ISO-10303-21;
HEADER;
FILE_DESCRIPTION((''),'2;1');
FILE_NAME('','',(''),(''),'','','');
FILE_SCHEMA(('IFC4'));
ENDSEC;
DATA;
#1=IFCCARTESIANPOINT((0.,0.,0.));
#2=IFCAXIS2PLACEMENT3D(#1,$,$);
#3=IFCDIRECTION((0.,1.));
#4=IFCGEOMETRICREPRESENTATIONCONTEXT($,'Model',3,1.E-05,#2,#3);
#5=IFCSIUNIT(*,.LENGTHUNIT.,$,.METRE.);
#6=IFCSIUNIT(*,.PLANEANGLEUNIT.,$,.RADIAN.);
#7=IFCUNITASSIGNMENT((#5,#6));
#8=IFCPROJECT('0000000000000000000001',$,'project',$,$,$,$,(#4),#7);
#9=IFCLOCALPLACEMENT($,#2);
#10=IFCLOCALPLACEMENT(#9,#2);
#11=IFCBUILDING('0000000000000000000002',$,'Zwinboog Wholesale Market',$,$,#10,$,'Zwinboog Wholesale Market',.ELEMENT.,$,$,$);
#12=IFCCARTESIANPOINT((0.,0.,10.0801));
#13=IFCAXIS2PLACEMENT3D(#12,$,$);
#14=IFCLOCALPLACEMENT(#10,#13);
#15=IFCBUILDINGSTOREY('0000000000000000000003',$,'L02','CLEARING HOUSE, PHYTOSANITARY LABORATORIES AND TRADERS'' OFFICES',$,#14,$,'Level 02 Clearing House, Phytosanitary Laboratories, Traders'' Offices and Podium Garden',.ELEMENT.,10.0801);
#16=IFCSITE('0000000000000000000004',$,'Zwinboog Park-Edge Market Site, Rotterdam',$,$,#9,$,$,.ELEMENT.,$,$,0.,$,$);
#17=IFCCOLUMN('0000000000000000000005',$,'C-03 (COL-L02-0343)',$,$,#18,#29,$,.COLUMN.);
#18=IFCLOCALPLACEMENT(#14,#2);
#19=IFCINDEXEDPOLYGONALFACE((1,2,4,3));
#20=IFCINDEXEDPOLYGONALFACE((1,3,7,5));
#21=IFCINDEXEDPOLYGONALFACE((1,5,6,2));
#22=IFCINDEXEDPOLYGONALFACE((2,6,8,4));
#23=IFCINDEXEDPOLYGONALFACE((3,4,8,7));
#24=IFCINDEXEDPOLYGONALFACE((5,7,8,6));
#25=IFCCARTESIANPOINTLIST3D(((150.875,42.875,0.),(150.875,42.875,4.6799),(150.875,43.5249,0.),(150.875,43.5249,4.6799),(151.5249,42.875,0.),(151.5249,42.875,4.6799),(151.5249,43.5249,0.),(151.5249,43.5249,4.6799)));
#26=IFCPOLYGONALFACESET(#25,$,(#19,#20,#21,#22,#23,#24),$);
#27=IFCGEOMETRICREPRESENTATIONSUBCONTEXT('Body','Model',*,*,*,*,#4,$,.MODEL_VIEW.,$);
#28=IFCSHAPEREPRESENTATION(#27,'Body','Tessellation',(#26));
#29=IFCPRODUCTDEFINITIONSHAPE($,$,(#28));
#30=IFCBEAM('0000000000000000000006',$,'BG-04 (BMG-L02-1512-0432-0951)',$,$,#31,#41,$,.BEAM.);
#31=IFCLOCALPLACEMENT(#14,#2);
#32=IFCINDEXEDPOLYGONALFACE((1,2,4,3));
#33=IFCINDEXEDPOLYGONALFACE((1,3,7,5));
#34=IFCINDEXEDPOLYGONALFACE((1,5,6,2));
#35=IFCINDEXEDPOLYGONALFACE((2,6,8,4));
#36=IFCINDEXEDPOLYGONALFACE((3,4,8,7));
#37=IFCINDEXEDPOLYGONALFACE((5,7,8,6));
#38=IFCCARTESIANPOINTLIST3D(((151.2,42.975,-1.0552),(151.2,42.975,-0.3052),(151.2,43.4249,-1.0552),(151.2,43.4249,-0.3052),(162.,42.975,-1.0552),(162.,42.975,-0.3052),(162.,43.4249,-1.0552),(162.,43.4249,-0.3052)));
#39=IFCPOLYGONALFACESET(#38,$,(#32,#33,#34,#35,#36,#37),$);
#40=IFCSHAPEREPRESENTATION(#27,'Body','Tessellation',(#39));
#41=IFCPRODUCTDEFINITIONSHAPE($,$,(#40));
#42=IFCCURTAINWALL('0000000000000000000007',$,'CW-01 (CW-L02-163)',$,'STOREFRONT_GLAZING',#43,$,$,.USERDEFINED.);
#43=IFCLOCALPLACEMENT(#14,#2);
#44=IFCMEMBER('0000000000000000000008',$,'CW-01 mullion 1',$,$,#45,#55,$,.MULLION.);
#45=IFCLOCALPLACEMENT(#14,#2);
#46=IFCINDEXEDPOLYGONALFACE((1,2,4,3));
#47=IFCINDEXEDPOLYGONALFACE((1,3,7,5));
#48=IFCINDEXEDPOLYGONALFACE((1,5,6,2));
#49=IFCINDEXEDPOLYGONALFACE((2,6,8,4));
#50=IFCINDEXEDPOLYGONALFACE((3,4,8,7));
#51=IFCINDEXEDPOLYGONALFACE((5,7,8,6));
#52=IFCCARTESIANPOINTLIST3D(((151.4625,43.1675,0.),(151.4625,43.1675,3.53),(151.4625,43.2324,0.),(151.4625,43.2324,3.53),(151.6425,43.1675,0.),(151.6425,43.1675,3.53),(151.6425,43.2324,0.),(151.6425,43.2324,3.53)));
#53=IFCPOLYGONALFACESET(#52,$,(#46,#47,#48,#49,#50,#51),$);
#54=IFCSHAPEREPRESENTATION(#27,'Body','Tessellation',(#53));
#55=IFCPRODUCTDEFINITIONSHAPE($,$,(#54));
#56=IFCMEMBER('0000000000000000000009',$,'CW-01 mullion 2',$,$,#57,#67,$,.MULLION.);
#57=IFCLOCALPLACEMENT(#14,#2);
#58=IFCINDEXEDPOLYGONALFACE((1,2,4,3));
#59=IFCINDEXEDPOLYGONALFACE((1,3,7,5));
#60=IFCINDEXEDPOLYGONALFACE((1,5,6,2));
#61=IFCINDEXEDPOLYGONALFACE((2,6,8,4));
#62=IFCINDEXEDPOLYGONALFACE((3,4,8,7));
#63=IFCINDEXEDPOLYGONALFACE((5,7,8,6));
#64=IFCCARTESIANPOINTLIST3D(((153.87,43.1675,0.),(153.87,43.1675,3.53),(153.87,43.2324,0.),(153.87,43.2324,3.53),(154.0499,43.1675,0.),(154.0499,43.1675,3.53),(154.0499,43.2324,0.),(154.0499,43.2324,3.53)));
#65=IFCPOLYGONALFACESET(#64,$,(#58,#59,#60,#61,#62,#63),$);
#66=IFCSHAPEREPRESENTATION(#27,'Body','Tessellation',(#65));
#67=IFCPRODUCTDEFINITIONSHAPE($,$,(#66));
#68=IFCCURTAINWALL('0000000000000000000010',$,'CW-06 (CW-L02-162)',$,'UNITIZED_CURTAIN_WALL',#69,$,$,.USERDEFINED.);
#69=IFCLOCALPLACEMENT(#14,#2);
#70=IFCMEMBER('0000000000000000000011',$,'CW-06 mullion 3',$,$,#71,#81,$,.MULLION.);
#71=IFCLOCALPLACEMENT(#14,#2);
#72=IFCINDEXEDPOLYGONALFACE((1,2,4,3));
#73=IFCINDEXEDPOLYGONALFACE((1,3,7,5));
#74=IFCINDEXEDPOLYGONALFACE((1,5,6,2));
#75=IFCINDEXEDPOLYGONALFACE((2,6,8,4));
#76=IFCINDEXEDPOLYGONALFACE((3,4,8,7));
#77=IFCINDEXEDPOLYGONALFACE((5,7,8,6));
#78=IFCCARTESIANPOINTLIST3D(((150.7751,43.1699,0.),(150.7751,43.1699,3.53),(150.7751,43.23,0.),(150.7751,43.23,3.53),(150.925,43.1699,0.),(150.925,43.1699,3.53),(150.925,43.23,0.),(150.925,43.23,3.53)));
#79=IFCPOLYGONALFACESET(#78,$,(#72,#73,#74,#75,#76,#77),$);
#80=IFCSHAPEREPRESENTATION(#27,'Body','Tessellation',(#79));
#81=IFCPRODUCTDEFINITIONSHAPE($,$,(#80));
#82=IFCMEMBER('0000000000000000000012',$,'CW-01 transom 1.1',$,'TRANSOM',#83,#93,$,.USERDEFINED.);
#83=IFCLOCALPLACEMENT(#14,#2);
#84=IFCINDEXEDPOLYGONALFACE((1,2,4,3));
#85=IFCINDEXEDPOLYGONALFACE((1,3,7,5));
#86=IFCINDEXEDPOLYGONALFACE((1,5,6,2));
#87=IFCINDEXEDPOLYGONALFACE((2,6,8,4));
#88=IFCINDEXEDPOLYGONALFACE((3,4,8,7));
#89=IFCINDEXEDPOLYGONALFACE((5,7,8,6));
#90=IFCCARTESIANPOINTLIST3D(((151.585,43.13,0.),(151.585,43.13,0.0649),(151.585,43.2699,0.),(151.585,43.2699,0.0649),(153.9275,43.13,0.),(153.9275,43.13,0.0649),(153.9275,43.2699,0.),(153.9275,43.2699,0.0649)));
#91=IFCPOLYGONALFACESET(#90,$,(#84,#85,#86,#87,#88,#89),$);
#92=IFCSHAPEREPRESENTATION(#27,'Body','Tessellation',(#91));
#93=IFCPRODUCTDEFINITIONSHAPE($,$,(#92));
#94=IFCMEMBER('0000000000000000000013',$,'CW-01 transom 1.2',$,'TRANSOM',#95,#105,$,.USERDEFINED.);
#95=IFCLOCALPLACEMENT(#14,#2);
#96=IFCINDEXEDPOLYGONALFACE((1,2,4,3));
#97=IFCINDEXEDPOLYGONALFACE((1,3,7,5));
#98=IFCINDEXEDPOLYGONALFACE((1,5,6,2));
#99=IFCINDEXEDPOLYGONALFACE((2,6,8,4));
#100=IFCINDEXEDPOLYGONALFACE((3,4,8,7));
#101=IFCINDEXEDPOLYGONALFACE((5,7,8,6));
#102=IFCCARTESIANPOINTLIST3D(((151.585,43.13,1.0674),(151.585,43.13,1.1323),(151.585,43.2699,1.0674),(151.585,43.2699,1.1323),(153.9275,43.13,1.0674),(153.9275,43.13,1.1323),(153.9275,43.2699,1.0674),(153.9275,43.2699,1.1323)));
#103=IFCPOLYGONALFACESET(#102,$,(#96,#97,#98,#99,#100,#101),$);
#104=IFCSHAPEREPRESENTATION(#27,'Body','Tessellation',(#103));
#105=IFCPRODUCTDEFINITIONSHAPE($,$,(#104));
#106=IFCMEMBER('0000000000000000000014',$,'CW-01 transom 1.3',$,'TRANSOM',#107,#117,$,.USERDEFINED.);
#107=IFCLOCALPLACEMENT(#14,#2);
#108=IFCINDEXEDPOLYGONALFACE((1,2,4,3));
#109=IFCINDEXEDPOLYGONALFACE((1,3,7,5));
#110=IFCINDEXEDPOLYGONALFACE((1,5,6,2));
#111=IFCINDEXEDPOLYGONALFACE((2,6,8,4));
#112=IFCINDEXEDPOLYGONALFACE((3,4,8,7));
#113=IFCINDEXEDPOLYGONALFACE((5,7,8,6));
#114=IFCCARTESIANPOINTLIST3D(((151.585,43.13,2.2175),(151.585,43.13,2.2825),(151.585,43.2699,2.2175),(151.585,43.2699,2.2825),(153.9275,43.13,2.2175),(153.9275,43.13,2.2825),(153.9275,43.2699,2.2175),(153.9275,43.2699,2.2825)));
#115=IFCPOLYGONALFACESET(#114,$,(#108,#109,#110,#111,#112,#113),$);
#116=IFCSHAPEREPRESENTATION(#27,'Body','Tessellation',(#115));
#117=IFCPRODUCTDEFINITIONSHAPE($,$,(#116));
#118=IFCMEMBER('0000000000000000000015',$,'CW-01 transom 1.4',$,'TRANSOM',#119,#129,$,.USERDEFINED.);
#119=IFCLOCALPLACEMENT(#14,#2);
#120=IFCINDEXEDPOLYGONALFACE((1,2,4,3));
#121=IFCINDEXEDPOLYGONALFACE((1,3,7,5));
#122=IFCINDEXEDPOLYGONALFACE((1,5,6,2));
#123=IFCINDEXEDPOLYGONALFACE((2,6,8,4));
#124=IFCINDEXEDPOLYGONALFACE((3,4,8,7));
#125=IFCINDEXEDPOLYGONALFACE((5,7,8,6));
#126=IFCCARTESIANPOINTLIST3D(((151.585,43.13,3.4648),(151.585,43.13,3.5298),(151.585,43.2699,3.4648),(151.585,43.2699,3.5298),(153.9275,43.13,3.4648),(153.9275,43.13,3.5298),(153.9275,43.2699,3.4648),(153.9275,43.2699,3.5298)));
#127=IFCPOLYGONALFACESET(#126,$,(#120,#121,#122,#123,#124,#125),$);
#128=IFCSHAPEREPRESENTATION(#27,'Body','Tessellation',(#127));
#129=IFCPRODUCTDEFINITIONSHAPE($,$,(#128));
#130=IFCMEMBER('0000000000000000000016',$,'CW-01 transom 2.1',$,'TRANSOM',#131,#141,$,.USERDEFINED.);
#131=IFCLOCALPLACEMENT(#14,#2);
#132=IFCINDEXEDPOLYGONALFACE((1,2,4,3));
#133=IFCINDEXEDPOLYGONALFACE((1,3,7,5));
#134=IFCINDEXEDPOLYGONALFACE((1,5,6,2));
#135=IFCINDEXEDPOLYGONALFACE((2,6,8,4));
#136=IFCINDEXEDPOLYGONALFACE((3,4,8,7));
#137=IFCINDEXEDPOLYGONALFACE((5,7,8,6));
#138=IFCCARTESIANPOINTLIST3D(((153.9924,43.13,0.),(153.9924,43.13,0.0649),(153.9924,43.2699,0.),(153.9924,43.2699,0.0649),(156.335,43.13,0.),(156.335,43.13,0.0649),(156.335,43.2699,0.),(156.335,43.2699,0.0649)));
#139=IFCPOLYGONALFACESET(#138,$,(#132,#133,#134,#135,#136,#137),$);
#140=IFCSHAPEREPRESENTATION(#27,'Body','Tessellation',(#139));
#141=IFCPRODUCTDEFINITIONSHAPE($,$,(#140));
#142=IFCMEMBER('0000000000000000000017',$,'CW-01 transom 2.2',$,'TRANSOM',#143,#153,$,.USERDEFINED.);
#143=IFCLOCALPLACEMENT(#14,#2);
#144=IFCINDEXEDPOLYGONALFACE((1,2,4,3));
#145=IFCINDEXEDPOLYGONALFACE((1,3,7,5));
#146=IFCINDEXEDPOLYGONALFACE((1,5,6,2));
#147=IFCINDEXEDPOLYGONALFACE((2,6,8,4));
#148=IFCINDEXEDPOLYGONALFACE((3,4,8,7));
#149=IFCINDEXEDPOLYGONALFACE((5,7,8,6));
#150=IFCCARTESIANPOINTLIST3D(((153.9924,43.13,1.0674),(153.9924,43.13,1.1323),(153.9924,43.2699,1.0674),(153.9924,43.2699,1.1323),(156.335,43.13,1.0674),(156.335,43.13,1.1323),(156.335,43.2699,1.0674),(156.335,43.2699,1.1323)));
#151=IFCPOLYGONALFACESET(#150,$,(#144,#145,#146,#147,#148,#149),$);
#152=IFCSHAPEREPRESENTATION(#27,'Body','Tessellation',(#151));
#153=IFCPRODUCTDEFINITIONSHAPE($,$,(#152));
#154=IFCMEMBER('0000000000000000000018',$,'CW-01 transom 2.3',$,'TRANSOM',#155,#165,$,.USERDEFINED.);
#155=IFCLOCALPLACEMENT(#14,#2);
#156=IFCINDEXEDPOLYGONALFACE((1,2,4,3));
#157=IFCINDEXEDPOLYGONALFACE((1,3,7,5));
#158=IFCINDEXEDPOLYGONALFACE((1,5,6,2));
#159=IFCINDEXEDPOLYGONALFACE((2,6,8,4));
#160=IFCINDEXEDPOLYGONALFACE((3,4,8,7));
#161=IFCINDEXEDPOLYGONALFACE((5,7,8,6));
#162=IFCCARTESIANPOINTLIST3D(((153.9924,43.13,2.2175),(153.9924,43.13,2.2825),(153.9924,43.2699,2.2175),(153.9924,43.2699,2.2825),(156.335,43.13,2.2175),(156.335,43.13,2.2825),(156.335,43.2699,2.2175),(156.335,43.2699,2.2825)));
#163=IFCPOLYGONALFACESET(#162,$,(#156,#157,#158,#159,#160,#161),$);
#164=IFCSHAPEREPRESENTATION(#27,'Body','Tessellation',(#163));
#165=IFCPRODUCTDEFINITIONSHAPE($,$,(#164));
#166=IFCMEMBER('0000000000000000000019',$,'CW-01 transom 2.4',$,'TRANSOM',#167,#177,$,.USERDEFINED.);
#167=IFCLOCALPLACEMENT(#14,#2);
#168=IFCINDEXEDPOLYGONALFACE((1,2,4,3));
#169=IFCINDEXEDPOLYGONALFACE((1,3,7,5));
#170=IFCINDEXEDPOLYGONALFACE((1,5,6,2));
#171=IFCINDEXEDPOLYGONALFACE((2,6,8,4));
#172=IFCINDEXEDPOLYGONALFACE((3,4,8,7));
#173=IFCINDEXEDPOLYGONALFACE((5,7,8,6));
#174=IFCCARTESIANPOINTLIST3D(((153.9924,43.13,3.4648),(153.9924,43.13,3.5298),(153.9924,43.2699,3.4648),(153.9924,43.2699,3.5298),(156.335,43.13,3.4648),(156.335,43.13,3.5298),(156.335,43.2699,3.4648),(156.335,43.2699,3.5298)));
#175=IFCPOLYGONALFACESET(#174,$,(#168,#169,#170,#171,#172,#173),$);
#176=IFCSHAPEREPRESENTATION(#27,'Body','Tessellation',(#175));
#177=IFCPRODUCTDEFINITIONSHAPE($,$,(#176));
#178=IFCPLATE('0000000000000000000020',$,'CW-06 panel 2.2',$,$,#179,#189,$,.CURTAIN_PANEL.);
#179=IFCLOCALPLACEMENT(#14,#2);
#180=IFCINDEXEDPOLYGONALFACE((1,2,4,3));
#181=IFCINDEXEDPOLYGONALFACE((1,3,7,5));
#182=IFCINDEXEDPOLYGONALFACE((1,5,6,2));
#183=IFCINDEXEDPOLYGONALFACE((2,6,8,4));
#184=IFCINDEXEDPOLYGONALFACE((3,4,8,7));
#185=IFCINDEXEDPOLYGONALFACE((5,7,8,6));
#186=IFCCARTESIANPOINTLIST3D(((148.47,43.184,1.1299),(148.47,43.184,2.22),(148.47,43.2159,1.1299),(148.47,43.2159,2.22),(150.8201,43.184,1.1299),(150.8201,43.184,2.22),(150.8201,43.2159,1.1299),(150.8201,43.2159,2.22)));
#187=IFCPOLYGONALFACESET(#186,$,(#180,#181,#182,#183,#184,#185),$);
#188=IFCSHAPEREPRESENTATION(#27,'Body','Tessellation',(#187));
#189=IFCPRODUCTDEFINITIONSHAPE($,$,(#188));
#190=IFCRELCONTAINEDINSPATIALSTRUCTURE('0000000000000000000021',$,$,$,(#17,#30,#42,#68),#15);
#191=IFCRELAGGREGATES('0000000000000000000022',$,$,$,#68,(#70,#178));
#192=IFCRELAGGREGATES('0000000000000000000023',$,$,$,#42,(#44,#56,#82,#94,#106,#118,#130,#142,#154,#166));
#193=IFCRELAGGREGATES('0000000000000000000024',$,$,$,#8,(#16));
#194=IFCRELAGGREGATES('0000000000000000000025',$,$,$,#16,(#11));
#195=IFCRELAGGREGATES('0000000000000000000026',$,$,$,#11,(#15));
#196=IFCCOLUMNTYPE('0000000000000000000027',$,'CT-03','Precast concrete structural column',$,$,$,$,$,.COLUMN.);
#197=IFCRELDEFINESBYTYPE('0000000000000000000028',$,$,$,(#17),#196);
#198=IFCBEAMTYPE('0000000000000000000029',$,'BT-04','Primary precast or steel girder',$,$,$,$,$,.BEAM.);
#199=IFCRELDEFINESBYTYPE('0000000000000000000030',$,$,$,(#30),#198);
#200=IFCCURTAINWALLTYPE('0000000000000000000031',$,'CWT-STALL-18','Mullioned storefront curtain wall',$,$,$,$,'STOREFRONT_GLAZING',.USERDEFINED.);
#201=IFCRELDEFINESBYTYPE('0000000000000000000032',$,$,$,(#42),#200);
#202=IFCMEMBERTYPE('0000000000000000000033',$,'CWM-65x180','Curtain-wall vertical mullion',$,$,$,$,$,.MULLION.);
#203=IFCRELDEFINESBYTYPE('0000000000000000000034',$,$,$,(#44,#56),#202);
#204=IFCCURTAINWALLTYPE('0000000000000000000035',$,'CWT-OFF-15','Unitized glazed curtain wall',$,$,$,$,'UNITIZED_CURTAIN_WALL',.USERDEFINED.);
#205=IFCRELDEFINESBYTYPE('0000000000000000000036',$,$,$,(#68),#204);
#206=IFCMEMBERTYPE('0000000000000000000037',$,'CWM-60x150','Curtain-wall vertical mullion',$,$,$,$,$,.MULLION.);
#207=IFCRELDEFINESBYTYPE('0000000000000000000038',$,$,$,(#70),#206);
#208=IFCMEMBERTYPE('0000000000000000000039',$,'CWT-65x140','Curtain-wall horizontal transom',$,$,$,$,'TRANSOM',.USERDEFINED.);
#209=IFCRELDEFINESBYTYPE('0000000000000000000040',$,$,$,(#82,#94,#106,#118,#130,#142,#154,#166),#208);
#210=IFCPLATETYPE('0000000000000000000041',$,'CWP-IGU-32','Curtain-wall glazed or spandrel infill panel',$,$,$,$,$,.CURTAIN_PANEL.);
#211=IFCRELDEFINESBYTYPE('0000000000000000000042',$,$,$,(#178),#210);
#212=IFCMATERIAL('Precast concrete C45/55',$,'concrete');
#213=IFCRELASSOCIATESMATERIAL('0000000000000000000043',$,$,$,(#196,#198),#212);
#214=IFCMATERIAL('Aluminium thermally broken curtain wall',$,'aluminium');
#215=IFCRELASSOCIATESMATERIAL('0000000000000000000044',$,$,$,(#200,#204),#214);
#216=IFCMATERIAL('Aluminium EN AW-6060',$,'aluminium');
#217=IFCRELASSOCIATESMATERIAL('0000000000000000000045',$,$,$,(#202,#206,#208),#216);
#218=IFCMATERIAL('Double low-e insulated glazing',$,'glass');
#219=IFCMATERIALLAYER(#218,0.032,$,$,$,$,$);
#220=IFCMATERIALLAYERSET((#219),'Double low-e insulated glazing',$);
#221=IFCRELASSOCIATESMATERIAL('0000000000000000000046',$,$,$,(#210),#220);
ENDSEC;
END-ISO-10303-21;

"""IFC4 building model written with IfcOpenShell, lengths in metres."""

from ifc_helpers import new_model, si_unit, direction, frame, origin, origin_2d, place, context, subcontext, project, spatial, rectangle, extrude, material, layer, layer_set, material_profile, profile_set, type_object, element, aggregate, save


model = new_model("IFC4")

# Units and contexts
model_context = context("Model", 3, precision=1e-05, world=origin(), true_north=direction((0.0, 1.0)))
body_context = subcontext(model_context, "Body", "Model", "MODEL_VIEW")
ifc_project = project(units=[si_unit("LENGTHUNIT", "METRE"), si_unit("PLANEANGLEUNIT", "RADIAN")], contexts=[model_context])

# Site, building, storey
site_placement = place(None, origin())
site = spatial("IfcSite", under=ifc_project, at=site_placement, Name="Zwinboog Park-Edge Market Site, Rotterdam", CompositionType="ELEMENT", RefElevation=0.0)
building_placement = place(site_placement, origin())
building = spatial("IfcBuilding", under=site, at=building_placement, Name="Zwinboog Wholesale Market", LongName="Zwinboog Wholesale Market", CompositionType="ELEMENT")
storey_placement = place(building_placement, frame((0.0, 0.0, 10.0801)))
storey = spatial("IfcBuildingStorey", under=building, at=storey_placement, Name="L02", Description="CLEARING HOUSE, PHYTOSANITARY LABORATORIES AND TRADERS' OFFICES", LongName="Level 02 Clearing House, Phytosanitary Laboratories, Traders' Offices and Podium Garden", CompositionType="ELEMENT", Elevation=10.0801)

# Column
ifc_material_1 = material(Name="Precast concrete C45/55", Category="concrete")
ifc_material_profile_1 = material_profile(ifc_material_1, rectangle(XDim=0.6499, YDim=0.6499, at=origin_2d()), Name="PC 650x650")
ifc_profile_set_1 = profile_set([ifc_material_profile_1], Name="Precast concrete C45/55")
column_type = type_object("IfcColumnType", Name="CT-03", Description="Precast concrete structural column", PredefinedType="COLUMN", material=ifc_profile_set_1)
column_placement = place(storey_placement, frame((151.2, 43.2, 0.0), z_axis=(0.0, 0.0, 1.0), x_axis=(1.0, 0.0, 0.0)))
element("IfcColumn", 1, at=column_placement, inside=storey, type_object=column_type, Name="C-03 (COL-L02-0343)", PredefinedType="COLUMN", context=body_context, shape_type="SweptSolid", body=[
    extrude(rectangle(XDim=0.6499, YDim=0.6499, at=origin_2d()), origin(), (0.0, 0.0, 1.0), 4.6799),
])

# Beam
ifc_material_profile_2 = material_profile(ifc_material_1, rectangle(XDim=0.45, YDim=0.75, at=origin_2d()), Name="PC 450x750")
ifc_profile_set_2 = profile_set([ifc_material_profile_2], Name="Precast concrete C45/55")
beam_type = type_object("IfcBeamType", Name="BT-04", Description="Primary precast or steel girder", PredefinedType="BEAM", material=ifc_profile_set_2)
beam_placement = place(storey_placement, frame((151.2, 43.2, -0.6802), z_axis=(1.0, 0.0, 0.0), x_axis=(0.0, 1.0, 0.0)))
element("IfcBeam", 2, at=beam_placement, inside=storey, type_object=beam_type, Name="BG-04 (BMG-L02-1512-0432-0951)", PredefinedType="BEAM", context=body_context, shape_type="SweptSolid", body=[
    extrude(rectangle(XDim=0.45, YDim=0.75, at=origin_2d()), origin(), (0.0, 0.0, 1.0), 10.8),
])

# Curtain wall, members
ifc_material_2 = material(Name="Aluminium thermally broken curtain wall", Category="aluminium")
curtain_wall_type_1 = type_object("IfcCurtainWallType", Name="CWT-STALL-18", Description="Mullioned storefront curtain wall", ElementType="STOREFRONT_GLAZING", PredefinedType="USERDEFINED", material=ifc_material_2)
curtain_wall_1_placement = place(storey_placement, origin())
curtain_wall_1 = element("IfcCurtainWall", 3, at=curtain_wall_1_placement, inside=storey, type_object=curtain_wall_type_1, Name="CW-01 (CW-L02-163)", ObjectType="STOREFRONT_GLAZING", PredefinedType="USERDEFINED")
ifc_material_3 = material(Name="Aluminium EN AW-6060", Category="aluminium")
ifc_material_profile_3 = material_profile(ifc_material_3, rectangle(XDim=0.0649, YDim=0.1799, at=origin_2d()), Name="AL 65x180")
ifc_profile_set_3 = profile_set([ifc_material_profile_3], Name="Aluminium EN AW-6060")
member_type_1 = type_object("IfcMemberType", Name="CWM-65x180", Description="Curtain-wall vertical mullion", PredefinedType="MULLION", material=ifc_profile_set_3)
member_1_placement = place(storey_placement, frame((151.5525, 43.2, 0.0), z_axis=(0.0, 0.0, 1.0), x_axis=(0.0, 1.0, 0.0)))
member_1 = element("IfcMember", 4, at=member_1_placement, type_object=member_type_1, Name="CW-01 mullion 1", PredefinedType="MULLION", context=body_context, shape_type="SweptSolid", body=[
    extrude(rectangle(XDim=0.0649, YDim=0.1799, at=origin_2d()), origin(), (0.0, 0.0, 1.0), 3.53),
])
member_2_placement = place(storey_placement, frame((153.96, 43.2, 0.0), z_axis=(0.0, 0.0, 1.0), x_axis=(0.0, 1.0, 0.0)))
member_2 = element("IfcMember", 5, at=member_2_placement, type_object=member_type_1, Name="CW-01 mullion 2", PredefinedType="MULLION", context=body_context, shape_type="SweptSolid", body=[
    extrude(rectangle(XDim=0.0649, YDim=0.1799, at=origin_2d()), origin(), (0.0, 0.0, 1.0), 3.53),
])

# Curtain wall, member
curtain_wall_type_2 = type_object("IfcCurtainWallType", Name="CWT-OFF-15", Description="Unitized glazed curtain wall", ElementType="UNITIZED_CURTAIN_WALL", PredefinedType="USERDEFINED", material=ifc_material_2)
curtain_wall_2_placement = place(storey_placement, origin())
curtain_wall_2 = element("IfcCurtainWall", 6, at=curtain_wall_2_placement, inside=storey, type_object=curtain_wall_type_2, Name="CW-06 (CW-L02-162)", ObjectType="UNITIZED_CURTAIN_WALL", PredefinedType="USERDEFINED")
ifc_material_profile_4 = material_profile(ifc_material_3, rectangle(XDim=0.0601, YDim=0.1499, at=origin_2d()), Name="AL 60x150")
ifc_profile_set_4 = profile_set([ifc_material_profile_4], Name="Aluminium EN AW-6060")
member_type_2 = type_object("IfcMemberType", Name="CWM-60x150", Description="Curtain-wall vertical mullion", PredefinedType="MULLION", material=ifc_profile_set_4)
member_3_placement = place(storey_placement, frame((150.8501, 43.2, 0.0), z_axis=(0.0, 0.0, 1.0), x_axis=(0.0, 1.0, 0.0)))
member_3 = element("IfcMember", 7, at=member_3_placement, type_object=member_type_2, Name="CW-06 mullion 3", PredefinedType="MULLION", context=body_context, shape_type="SweptSolid", body=[
    extrude(rectangle(XDim=0.0601, YDim=0.1499, at=origin_2d()), origin(), (0.0, 0.0, 1.0), 3.53),
])

# Members
ifc_material_profile_5 = material_profile(ifc_material_3, rectangle(XDim=0.1399, YDim=0.0649, at=origin_2d()), Name="AL 65x140")
ifc_profile_set_5 = profile_set([ifc_material_profile_5], Name="Aluminium EN AW-6060")
member_type_3 = type_object("IfcMemberType", Name="CWT-65x140", Description="Curtain-wall horizontal transom", ElementType="TRANSOM", PredefinedType="USERDEFINED", material=ifc_profile_set_5)
member_4_placement = place(storey_placement, frame((151.585, 43.2, 0.0325), z_axis=(1.0, 0.0, 0.0), x_axis=(0.0, 1.0, 0.0)))
member_4 = element("IfcMember", 8, at=member_4_placement, type_object=member_type_3, Name="CW-01 transom 1.1", ObjectType="TRANSOM", PredefinedType="USERDEFINED", context=body_context, shape_type="SweptSolid", body=[
    extrude(rectangle(XDim=0.1399, YDim=0.0649, at=origin_2d()), origin(), (0.0, 0.0, 1.0), 2.3425),
])
member_5_placement = place(storey_placement, frame((151.585, 43.2, 1.0999), z_axis=(1.0, 0.0, 0.0), x_axis=(0.0, 1.0, 0.0)))
member_5 = element("IfcMember", 9, at=member_5_placement, type_object=member_type_3, Name="CW-01 transom 1.2", ObjectType="TRANSOM", PredefinedType="USERDEFINED", context=body_context, shape_type="SweptSolid", body=[
    extrude(rectangle(XDim=0.1399, YDim=0.0649, at=origin_2d()), origin(), (0.0, 0.0, 1.0), 2.3425),
])
member_6_placement = place(storey_placement, frame((151.585, 43.2, 2.25), z_axis=(1.0, 0.0, 0.0), x_axis=(0.0, 1.0, 0.0)))
member_6 = element("IfcMember", 10, at=member_6_placement, type_object=member_type_3, Name="CW-01 transom 1.3", ObjectType="TRANSOM", PredefinedType="USERDEFINED", context=body_context, shape_type="SweptSolid", body=[
    extrude(rectangle(XDim=0.1399, YDim=0.0649, at=origin_2d()), origin(), (0.0, 0.0, 1.0), 2.3425),
])
member_7_placement = place(storey_placement, frame((151.585, 43.2, 3.4973), z_axis=(1.0, 0.0, 0.0), x_axis=(0.0, 1.0, 0.0)))
member_7 = element("IfcMember", 11, at=member_7_placement, type_object=member_type_3, Name="CW-01 transom 1.4", ObjectType="TRANSOM", PredefinedType="USERDEFINED", context=body_context, shape_type="SweptSolid", body=[
    extrude(rectangle(XDim=0.1399, YDim=0.0649, at=origin_2d()), origin(), (0.0, 0.0, 1.0), 2.3425),
])
member_8_placement = place(storey_placement, frame((153.9924, 43.2, 0.0325), z_axis=(1.0, 0.0, 0.0), x_axis=(0.0, 1.0, 0.0)))
member_8 = element("IfcMember", 12, at=member_8_placement, type_object=member_type_3, Name="CW-01 transom 2.1", ObjectType="TRANSOM", PredefinedType="USERDEFINED", context=body_context, shape_type="SweptSolid", body=[
    extrude(rectangle(XDim=0.1399, YDim=0.0649, at=origin_2d()), origin(), (0.0, 0.0, 1.0), 2.3425),
])
member_9_placement = place(storey_placement, frame((153.9924, 43.2, 1.0999), z_axis=(1.0, 0.0, 0.0), x_axis=(0.0, 1.0, 0.0)))
member_9 = element("IfcMember", 13, at=member_9_placement, type_object=member_type_3, Name="CW-01 transom 2.2", ObjectType="TRANSOM", PredefinedType="USERDEFINED", context=body_context, shape_type="SweptSolid", body=[
    extrude(rectangle(XDim=0.1399, YDim=0.0649, at=origin_2d()), origin(), (0.0, 0.0, 1.0), 2.3425),
])
member_10_placement = place(storey_placement, frame((153.9924, 43.2, 2.25), z_axis=(1.0, 0.0, 0.0), x_axis=(0.0, 1.0, 0.0)))
member_10 = element("IfcMember", 14, at=member_10_placement, type_object=member_type_3, Name="CW-01 transom 2.3", ObjectType="TRANSOM", PredefinedType="USERDEFINED", context=body_context, shape_type="SweptSolid", body=[
    extrude(rectangle(XDim=0.1399, YDim=0.0649, at=origin_2d()), origin(), (0.0, 0.0, 1.0), 2.3425),
])
member_11_placement = place(storey_placement, frame((153.9924, 43.2, 3.4973), z_axis=(1.0, 0.0, 0.0), x_axis=(0.0, 1.0, 0.0)))
member_11 = element("IfcMember", 15, at=member_11_placement, type_object=member_type_3, Name="CW-01 transom 2.4", ObjectType="TRANSOM", PredefinedType="USERDEFINED", context=body_context, shape_type="SweptSolid", body=[
    extrude(rectangle(XDim=0.1399, YDim=0.0649, at=origin_2d()), origin(), (0.0, 0.0, 1.0), 2.3425),
])

# Plate
ifc_material_4 = material(Name="Double low-e insulated glazing", Category="glass")
ifc_layer = layer(ifc_material_4, 0.032)
ifc_layer_set = layer_set([ifc_layer], Name="Double low-e insulated glazing")
plate_type = type_object("IfcPlateType", Name="CWP-IGU-32", Description="Curtain-wall glazed or spandrel infill panel", PredefinedType="CURTAIN_PANEL", material=ifc_layer_set)
plate_1_placement = place(storey_placement, frame((149.645, 43.2, 1.1299), z_axis=(0.0, 0.0, 1.0), x_axis=(1.0, 0.0, 0.0)))
plate_1 = element("IfcPlate", 16, at=plate_1_placement, type_object=plate_type, Name="CW-06 panel 2.2", PredefinedType="CURTAIN_PANEL", context=body_context, shape_type="SweptSolid", body=[
    extrude(rectangle(XDim=2.3501, YDim=0.032, at=origin_2d()), origin(), (0.0, 0.0, 1.0), 1.0901),
])
aggregate(curtain_wall_2, [member_3, plate_1])
aggregate(curtain_wall_1, [member_1, member_2, member_4, member_5, member_6, member_7, member_8, member_9, member_10, member_11])

save(model, "model.ifc")
